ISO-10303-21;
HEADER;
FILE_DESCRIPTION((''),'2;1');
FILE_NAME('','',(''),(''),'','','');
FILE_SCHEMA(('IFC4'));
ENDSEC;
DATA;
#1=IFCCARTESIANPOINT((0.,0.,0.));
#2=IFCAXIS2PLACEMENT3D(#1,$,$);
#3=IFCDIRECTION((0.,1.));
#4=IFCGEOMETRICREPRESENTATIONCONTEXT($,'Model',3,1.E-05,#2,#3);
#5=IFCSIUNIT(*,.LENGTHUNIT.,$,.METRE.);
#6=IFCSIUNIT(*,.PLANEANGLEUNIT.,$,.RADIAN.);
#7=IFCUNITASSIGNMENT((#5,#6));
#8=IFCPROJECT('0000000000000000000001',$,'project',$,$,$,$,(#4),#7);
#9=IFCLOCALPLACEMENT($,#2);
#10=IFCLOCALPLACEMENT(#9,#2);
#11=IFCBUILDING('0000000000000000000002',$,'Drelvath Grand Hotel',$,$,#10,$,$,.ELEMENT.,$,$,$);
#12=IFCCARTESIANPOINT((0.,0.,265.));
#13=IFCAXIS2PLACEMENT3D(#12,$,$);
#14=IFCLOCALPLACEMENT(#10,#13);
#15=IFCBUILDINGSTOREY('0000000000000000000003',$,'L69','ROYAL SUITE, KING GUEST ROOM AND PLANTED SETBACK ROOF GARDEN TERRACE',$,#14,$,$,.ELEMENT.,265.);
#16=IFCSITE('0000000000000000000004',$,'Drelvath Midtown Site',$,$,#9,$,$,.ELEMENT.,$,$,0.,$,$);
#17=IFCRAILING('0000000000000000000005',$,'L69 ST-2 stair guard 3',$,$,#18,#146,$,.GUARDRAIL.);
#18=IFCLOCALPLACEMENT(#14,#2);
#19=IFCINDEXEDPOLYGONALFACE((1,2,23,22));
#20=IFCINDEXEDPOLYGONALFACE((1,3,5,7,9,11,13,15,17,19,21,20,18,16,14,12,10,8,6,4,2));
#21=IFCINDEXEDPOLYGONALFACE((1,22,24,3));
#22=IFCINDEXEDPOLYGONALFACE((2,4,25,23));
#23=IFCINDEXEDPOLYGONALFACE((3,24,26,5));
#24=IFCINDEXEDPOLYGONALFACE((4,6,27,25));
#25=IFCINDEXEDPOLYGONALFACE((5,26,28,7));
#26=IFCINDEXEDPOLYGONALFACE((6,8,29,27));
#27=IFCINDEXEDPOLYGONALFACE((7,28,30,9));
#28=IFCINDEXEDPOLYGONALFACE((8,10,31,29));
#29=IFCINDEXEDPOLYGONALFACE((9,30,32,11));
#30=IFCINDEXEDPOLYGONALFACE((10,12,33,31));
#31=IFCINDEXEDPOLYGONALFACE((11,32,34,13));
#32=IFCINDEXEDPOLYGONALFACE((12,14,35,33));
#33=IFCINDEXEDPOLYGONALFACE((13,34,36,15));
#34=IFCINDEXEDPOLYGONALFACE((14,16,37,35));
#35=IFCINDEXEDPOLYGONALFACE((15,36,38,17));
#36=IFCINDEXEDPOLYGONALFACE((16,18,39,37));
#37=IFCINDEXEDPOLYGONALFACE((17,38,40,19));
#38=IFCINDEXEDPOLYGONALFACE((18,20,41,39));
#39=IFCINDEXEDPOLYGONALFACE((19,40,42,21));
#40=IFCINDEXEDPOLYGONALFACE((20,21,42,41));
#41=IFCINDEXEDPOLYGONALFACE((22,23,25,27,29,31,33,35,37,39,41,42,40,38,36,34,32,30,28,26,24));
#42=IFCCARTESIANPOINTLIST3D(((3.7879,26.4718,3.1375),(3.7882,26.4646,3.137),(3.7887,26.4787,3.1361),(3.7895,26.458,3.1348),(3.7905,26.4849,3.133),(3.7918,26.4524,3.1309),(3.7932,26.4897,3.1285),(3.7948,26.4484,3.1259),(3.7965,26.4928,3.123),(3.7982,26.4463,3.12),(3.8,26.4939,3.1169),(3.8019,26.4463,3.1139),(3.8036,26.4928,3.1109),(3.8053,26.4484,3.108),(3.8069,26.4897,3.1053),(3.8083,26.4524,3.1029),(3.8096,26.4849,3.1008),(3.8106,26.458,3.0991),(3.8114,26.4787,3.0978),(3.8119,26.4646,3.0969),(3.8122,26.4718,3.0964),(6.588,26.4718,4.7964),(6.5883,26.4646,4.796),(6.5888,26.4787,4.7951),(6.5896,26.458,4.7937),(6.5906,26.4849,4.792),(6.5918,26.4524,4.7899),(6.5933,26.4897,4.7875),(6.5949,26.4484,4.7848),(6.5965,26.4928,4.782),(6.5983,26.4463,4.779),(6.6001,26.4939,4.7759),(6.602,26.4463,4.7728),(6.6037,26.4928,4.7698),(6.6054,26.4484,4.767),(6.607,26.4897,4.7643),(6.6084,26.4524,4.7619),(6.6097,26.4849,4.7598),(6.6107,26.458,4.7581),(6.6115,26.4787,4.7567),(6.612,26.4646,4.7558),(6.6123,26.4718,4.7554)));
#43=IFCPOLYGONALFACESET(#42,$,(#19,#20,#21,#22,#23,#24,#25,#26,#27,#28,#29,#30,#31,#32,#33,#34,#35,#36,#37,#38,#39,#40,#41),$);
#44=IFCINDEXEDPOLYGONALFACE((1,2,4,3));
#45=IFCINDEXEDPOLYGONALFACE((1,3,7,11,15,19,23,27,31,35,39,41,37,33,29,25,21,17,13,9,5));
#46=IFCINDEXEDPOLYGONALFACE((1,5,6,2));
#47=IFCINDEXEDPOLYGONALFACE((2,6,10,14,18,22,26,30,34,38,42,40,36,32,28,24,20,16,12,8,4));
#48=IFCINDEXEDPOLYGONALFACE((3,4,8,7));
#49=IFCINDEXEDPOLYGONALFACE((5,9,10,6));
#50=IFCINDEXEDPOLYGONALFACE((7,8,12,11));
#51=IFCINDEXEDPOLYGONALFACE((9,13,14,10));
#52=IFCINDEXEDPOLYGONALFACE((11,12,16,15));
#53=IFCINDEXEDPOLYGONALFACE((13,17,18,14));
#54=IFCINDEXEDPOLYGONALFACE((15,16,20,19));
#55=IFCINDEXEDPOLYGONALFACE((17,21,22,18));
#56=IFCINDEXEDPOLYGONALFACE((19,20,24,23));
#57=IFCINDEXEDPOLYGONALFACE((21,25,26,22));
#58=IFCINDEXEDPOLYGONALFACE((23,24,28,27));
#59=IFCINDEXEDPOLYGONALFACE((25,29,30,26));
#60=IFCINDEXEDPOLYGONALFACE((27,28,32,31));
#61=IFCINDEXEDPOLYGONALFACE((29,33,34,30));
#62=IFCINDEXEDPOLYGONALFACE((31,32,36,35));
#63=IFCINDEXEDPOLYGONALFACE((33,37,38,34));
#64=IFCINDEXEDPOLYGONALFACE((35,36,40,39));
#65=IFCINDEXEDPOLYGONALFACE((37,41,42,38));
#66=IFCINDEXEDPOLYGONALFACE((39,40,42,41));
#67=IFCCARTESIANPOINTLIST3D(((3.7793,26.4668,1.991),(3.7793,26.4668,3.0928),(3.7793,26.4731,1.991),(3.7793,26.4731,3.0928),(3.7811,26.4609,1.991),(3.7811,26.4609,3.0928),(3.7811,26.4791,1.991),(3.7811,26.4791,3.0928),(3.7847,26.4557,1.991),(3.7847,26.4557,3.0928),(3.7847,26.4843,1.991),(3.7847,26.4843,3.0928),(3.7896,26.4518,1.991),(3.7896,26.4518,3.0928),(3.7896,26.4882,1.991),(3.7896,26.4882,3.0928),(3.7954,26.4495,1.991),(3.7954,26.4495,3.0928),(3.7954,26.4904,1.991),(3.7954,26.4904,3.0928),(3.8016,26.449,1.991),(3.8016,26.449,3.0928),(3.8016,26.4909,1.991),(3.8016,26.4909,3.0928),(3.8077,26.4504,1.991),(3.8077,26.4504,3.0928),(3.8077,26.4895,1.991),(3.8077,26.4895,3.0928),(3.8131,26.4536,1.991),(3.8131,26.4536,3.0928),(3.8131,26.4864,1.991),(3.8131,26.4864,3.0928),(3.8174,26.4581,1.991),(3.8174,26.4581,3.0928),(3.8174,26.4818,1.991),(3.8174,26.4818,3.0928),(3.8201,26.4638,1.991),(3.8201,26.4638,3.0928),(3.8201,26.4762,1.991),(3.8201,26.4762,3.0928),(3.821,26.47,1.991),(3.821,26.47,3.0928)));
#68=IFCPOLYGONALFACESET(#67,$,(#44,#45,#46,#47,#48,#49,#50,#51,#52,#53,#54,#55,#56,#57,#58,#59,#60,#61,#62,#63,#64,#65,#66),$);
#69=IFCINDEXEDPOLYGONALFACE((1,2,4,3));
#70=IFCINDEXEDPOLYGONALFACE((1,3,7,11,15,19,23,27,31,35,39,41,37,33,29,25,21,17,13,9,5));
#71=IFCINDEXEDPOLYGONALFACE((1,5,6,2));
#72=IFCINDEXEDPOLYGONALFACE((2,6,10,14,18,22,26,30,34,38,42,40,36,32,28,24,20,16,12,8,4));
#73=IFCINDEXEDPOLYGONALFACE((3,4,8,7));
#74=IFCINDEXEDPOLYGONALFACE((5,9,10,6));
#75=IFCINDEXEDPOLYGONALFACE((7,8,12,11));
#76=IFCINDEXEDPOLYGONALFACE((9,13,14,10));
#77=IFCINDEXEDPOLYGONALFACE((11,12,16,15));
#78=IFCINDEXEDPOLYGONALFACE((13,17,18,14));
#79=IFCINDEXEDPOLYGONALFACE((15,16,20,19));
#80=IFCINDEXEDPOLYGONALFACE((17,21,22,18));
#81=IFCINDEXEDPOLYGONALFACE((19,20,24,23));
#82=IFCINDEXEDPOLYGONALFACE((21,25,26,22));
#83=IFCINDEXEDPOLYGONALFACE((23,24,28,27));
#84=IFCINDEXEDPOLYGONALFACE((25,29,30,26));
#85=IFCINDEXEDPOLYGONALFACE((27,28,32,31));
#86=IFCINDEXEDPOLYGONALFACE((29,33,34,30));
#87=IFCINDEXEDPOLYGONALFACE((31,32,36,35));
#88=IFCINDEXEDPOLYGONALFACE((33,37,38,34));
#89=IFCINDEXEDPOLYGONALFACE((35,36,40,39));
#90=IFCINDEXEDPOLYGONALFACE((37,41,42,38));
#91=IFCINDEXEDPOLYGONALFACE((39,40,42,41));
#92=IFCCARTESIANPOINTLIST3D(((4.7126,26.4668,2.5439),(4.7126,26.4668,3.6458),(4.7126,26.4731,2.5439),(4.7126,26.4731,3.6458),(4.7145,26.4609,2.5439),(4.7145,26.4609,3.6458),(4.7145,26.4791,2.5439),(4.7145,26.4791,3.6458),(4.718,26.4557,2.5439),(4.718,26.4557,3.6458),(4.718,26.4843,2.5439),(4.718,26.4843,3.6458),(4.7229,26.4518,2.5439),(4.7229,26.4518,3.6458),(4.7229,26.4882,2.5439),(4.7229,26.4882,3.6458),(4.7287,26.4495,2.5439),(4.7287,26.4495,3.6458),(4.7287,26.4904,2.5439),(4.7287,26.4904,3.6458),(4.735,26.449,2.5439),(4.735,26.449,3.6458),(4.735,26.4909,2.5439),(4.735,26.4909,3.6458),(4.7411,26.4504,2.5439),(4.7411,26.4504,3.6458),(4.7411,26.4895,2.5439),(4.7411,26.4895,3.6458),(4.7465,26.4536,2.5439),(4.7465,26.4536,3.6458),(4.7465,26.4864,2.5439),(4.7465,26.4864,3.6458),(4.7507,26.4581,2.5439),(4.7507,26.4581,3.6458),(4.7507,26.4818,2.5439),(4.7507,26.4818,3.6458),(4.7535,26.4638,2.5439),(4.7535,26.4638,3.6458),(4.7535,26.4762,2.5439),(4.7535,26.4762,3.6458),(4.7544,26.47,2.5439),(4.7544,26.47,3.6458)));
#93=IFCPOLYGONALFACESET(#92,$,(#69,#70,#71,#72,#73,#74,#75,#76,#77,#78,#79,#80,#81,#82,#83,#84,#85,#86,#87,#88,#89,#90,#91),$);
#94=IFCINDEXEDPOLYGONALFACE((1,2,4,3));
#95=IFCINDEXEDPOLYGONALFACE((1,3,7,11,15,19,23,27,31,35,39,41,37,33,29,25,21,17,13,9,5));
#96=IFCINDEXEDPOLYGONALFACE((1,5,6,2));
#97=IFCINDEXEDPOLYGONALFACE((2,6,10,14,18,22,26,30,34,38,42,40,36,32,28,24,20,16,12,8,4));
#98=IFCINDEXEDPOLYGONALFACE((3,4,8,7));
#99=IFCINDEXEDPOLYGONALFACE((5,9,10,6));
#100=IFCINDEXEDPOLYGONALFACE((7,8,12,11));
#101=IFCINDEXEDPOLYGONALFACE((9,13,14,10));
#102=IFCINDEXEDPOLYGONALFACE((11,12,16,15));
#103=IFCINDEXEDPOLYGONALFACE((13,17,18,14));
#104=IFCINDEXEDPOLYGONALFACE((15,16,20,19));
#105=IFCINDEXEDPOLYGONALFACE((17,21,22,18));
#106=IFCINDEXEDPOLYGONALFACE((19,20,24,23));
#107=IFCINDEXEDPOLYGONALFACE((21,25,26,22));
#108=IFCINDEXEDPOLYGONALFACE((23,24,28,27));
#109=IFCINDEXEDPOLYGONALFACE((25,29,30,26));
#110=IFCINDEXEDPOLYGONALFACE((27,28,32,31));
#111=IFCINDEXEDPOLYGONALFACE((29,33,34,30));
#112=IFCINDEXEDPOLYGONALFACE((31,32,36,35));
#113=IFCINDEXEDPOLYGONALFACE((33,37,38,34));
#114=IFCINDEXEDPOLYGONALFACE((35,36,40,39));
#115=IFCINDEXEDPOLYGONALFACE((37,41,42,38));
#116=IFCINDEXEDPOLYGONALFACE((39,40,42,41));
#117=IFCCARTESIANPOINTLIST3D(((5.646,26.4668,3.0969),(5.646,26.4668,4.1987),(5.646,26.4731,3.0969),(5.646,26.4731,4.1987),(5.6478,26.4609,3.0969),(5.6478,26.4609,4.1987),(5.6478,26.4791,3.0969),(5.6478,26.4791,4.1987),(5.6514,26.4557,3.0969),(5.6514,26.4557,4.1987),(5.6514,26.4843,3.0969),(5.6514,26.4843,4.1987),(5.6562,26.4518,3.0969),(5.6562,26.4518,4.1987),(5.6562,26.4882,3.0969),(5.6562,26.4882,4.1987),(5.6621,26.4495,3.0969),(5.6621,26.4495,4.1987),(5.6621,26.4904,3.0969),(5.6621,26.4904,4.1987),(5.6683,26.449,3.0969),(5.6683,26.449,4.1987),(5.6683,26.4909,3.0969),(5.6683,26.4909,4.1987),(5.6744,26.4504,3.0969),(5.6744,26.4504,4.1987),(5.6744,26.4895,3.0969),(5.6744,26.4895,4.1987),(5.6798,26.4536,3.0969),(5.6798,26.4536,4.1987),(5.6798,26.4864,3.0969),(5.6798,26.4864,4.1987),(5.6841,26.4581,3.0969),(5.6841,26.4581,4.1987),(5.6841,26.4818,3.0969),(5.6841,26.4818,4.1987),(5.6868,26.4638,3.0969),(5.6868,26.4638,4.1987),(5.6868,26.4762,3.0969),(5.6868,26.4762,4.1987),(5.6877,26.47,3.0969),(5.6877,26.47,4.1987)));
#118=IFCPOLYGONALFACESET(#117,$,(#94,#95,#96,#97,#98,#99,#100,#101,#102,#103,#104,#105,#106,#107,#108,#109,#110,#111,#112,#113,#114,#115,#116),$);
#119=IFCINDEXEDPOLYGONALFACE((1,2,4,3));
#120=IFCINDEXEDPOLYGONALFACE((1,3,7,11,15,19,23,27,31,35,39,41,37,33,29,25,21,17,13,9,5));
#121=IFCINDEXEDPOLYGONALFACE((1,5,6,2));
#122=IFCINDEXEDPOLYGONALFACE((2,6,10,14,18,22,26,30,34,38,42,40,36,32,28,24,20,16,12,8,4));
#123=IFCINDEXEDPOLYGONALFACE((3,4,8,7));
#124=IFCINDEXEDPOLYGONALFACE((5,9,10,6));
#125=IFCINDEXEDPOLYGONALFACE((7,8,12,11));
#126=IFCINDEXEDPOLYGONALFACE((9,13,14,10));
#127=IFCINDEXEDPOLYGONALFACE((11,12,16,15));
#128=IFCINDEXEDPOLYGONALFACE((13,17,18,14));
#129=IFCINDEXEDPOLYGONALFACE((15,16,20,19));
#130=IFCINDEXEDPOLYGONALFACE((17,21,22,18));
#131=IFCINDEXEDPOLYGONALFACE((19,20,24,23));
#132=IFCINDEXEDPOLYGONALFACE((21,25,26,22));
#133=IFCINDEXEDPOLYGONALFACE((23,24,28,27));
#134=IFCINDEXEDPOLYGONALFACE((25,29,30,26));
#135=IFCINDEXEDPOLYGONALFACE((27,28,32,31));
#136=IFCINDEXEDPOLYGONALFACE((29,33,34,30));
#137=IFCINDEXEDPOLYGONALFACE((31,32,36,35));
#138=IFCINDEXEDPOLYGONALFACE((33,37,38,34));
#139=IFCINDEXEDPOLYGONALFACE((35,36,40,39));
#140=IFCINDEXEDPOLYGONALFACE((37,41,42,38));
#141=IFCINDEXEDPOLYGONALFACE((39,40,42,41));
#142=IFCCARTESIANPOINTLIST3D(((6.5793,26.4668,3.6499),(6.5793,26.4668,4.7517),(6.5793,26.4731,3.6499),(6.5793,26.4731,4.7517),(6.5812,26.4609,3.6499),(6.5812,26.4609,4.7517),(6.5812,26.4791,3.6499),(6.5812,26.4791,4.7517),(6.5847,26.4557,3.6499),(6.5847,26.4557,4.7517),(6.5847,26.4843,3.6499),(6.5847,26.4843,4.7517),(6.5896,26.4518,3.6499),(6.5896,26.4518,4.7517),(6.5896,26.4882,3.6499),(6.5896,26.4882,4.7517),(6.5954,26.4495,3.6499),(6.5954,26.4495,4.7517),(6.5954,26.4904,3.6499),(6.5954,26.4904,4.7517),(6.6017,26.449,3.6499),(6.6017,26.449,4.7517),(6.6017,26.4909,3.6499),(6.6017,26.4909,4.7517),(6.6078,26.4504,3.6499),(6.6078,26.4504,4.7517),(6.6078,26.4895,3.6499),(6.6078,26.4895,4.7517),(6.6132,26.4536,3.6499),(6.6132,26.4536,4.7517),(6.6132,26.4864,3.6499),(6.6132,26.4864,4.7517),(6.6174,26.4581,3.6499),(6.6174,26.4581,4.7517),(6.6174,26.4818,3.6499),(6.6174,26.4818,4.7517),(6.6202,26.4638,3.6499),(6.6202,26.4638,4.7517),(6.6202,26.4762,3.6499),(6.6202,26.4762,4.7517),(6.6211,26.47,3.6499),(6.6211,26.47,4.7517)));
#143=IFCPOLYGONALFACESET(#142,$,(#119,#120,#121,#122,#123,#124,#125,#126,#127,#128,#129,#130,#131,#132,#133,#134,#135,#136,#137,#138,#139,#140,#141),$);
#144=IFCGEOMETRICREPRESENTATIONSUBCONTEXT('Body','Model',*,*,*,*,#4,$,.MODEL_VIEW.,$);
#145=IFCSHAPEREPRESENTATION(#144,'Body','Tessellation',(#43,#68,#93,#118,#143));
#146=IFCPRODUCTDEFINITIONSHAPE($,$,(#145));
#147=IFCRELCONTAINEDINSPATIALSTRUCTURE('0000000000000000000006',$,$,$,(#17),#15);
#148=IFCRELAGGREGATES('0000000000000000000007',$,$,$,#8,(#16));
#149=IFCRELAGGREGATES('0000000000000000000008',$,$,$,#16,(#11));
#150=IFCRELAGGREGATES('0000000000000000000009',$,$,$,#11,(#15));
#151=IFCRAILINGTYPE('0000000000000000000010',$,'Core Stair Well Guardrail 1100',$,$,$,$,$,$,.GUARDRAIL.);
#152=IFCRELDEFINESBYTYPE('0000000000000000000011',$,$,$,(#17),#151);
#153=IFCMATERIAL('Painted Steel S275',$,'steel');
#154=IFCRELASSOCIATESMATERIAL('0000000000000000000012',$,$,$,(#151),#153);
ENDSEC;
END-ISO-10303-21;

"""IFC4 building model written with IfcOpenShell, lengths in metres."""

from ifc_helpers import new_model, si_unit, direction, frame, origin, origin_2d, place, context, subcontext, project, spatial, circle, extrude, material, type_object, element, save


model = new_model("IFC4")

# Units and contexts
model_context = context("Model", 3, precision=1e-05, world=origin(), true_north=direction((0.0, 1.0)))
body_context = subcontext(model_context, "Body", "Model", "MODEL_VIEW")
ifc_project = project(units=[si_unit("LENGTHUNIT", "METRE"), si_unit("PLANEANGLEUNIT", "RADIAN")], contexts=[model_context])

# Site, building, storey
site_placement = place(None, origin())
site = spatial("IfcSite", under=ifc_project, at=site_placement, Name="Drelvath Midtown Site", CompositionType="ELEMENT", RefElevation=0.0)
building_placement = place(site_placement, origin())
building = spatial("IfcBuilding", under=site, at=building_placement, Name="Drelvath Grand Hotel", CompositionType="ELEMENT")
storey_placement = place(building_placement, frame((0.0, 0.0, 265.0)))
storey = spatial("IfcBuildingStorey", under=building, at=storey_placement, Name="L69", Description="ROYAL SUITE, KING GUEST ROOM AND PLANTED SETBACK ROOF GARDEN TERRACE", CompositionType="ELEMENT", Elevation=265.0)

# Railing
ifc_material_1 = material(Name="Painted Steel S275", Category="steel")
railing_type_1 = type_object("IfcRailingType", Name="Core Stair Well Guardrail 1100", PredefinedType="GUARDRAIL", material=ifc_material_1)
railing_1_placement = place(storey_placement, frame((3.8, 26.47, 1.991)))
element("IfcRailing", 1, at=railing_1_placement, inside=storey, type_object=railing_type_1, Name="L69 ST-2 stair guard 3", PredefinedType="GUARDRAIL", context=body_context, shape_type="SweptSolid", body=[
    extrude(circle(Radius=0.0239, at=origin_2d()), frame((0.0, 0.0, 1.126), z_axis=(0.860339, 0.0, 0.509722), x_axis=(0.0, 1.0, 0.0)), (0.0, 0.0, 1.0), 3.2546),
    extrude(circle(Radius=0.021, at=origin_2d()), origin(), (0.0, 0.0, 1.0), 1.1018),
    extrude(circle(Radius=0.021, at=origin_2d()), frame((0.9333, 0.0, 0.553)), (0.0, 0.0, 1.0), 1.1018),
    extrude(circle(Radius=0.021, at=origin_2d()), frame((1.8667, 0.0, 1.106)), (0.0, 0.0, 1.0), 1.1018),
    extrude(circle(Radius=0.021, at=origin_2d()), frame((2.8, 0.0, 1.6589)), (0.0, 0.0, 1.0), 1.1018),
])

save(model, "model.ifc")
